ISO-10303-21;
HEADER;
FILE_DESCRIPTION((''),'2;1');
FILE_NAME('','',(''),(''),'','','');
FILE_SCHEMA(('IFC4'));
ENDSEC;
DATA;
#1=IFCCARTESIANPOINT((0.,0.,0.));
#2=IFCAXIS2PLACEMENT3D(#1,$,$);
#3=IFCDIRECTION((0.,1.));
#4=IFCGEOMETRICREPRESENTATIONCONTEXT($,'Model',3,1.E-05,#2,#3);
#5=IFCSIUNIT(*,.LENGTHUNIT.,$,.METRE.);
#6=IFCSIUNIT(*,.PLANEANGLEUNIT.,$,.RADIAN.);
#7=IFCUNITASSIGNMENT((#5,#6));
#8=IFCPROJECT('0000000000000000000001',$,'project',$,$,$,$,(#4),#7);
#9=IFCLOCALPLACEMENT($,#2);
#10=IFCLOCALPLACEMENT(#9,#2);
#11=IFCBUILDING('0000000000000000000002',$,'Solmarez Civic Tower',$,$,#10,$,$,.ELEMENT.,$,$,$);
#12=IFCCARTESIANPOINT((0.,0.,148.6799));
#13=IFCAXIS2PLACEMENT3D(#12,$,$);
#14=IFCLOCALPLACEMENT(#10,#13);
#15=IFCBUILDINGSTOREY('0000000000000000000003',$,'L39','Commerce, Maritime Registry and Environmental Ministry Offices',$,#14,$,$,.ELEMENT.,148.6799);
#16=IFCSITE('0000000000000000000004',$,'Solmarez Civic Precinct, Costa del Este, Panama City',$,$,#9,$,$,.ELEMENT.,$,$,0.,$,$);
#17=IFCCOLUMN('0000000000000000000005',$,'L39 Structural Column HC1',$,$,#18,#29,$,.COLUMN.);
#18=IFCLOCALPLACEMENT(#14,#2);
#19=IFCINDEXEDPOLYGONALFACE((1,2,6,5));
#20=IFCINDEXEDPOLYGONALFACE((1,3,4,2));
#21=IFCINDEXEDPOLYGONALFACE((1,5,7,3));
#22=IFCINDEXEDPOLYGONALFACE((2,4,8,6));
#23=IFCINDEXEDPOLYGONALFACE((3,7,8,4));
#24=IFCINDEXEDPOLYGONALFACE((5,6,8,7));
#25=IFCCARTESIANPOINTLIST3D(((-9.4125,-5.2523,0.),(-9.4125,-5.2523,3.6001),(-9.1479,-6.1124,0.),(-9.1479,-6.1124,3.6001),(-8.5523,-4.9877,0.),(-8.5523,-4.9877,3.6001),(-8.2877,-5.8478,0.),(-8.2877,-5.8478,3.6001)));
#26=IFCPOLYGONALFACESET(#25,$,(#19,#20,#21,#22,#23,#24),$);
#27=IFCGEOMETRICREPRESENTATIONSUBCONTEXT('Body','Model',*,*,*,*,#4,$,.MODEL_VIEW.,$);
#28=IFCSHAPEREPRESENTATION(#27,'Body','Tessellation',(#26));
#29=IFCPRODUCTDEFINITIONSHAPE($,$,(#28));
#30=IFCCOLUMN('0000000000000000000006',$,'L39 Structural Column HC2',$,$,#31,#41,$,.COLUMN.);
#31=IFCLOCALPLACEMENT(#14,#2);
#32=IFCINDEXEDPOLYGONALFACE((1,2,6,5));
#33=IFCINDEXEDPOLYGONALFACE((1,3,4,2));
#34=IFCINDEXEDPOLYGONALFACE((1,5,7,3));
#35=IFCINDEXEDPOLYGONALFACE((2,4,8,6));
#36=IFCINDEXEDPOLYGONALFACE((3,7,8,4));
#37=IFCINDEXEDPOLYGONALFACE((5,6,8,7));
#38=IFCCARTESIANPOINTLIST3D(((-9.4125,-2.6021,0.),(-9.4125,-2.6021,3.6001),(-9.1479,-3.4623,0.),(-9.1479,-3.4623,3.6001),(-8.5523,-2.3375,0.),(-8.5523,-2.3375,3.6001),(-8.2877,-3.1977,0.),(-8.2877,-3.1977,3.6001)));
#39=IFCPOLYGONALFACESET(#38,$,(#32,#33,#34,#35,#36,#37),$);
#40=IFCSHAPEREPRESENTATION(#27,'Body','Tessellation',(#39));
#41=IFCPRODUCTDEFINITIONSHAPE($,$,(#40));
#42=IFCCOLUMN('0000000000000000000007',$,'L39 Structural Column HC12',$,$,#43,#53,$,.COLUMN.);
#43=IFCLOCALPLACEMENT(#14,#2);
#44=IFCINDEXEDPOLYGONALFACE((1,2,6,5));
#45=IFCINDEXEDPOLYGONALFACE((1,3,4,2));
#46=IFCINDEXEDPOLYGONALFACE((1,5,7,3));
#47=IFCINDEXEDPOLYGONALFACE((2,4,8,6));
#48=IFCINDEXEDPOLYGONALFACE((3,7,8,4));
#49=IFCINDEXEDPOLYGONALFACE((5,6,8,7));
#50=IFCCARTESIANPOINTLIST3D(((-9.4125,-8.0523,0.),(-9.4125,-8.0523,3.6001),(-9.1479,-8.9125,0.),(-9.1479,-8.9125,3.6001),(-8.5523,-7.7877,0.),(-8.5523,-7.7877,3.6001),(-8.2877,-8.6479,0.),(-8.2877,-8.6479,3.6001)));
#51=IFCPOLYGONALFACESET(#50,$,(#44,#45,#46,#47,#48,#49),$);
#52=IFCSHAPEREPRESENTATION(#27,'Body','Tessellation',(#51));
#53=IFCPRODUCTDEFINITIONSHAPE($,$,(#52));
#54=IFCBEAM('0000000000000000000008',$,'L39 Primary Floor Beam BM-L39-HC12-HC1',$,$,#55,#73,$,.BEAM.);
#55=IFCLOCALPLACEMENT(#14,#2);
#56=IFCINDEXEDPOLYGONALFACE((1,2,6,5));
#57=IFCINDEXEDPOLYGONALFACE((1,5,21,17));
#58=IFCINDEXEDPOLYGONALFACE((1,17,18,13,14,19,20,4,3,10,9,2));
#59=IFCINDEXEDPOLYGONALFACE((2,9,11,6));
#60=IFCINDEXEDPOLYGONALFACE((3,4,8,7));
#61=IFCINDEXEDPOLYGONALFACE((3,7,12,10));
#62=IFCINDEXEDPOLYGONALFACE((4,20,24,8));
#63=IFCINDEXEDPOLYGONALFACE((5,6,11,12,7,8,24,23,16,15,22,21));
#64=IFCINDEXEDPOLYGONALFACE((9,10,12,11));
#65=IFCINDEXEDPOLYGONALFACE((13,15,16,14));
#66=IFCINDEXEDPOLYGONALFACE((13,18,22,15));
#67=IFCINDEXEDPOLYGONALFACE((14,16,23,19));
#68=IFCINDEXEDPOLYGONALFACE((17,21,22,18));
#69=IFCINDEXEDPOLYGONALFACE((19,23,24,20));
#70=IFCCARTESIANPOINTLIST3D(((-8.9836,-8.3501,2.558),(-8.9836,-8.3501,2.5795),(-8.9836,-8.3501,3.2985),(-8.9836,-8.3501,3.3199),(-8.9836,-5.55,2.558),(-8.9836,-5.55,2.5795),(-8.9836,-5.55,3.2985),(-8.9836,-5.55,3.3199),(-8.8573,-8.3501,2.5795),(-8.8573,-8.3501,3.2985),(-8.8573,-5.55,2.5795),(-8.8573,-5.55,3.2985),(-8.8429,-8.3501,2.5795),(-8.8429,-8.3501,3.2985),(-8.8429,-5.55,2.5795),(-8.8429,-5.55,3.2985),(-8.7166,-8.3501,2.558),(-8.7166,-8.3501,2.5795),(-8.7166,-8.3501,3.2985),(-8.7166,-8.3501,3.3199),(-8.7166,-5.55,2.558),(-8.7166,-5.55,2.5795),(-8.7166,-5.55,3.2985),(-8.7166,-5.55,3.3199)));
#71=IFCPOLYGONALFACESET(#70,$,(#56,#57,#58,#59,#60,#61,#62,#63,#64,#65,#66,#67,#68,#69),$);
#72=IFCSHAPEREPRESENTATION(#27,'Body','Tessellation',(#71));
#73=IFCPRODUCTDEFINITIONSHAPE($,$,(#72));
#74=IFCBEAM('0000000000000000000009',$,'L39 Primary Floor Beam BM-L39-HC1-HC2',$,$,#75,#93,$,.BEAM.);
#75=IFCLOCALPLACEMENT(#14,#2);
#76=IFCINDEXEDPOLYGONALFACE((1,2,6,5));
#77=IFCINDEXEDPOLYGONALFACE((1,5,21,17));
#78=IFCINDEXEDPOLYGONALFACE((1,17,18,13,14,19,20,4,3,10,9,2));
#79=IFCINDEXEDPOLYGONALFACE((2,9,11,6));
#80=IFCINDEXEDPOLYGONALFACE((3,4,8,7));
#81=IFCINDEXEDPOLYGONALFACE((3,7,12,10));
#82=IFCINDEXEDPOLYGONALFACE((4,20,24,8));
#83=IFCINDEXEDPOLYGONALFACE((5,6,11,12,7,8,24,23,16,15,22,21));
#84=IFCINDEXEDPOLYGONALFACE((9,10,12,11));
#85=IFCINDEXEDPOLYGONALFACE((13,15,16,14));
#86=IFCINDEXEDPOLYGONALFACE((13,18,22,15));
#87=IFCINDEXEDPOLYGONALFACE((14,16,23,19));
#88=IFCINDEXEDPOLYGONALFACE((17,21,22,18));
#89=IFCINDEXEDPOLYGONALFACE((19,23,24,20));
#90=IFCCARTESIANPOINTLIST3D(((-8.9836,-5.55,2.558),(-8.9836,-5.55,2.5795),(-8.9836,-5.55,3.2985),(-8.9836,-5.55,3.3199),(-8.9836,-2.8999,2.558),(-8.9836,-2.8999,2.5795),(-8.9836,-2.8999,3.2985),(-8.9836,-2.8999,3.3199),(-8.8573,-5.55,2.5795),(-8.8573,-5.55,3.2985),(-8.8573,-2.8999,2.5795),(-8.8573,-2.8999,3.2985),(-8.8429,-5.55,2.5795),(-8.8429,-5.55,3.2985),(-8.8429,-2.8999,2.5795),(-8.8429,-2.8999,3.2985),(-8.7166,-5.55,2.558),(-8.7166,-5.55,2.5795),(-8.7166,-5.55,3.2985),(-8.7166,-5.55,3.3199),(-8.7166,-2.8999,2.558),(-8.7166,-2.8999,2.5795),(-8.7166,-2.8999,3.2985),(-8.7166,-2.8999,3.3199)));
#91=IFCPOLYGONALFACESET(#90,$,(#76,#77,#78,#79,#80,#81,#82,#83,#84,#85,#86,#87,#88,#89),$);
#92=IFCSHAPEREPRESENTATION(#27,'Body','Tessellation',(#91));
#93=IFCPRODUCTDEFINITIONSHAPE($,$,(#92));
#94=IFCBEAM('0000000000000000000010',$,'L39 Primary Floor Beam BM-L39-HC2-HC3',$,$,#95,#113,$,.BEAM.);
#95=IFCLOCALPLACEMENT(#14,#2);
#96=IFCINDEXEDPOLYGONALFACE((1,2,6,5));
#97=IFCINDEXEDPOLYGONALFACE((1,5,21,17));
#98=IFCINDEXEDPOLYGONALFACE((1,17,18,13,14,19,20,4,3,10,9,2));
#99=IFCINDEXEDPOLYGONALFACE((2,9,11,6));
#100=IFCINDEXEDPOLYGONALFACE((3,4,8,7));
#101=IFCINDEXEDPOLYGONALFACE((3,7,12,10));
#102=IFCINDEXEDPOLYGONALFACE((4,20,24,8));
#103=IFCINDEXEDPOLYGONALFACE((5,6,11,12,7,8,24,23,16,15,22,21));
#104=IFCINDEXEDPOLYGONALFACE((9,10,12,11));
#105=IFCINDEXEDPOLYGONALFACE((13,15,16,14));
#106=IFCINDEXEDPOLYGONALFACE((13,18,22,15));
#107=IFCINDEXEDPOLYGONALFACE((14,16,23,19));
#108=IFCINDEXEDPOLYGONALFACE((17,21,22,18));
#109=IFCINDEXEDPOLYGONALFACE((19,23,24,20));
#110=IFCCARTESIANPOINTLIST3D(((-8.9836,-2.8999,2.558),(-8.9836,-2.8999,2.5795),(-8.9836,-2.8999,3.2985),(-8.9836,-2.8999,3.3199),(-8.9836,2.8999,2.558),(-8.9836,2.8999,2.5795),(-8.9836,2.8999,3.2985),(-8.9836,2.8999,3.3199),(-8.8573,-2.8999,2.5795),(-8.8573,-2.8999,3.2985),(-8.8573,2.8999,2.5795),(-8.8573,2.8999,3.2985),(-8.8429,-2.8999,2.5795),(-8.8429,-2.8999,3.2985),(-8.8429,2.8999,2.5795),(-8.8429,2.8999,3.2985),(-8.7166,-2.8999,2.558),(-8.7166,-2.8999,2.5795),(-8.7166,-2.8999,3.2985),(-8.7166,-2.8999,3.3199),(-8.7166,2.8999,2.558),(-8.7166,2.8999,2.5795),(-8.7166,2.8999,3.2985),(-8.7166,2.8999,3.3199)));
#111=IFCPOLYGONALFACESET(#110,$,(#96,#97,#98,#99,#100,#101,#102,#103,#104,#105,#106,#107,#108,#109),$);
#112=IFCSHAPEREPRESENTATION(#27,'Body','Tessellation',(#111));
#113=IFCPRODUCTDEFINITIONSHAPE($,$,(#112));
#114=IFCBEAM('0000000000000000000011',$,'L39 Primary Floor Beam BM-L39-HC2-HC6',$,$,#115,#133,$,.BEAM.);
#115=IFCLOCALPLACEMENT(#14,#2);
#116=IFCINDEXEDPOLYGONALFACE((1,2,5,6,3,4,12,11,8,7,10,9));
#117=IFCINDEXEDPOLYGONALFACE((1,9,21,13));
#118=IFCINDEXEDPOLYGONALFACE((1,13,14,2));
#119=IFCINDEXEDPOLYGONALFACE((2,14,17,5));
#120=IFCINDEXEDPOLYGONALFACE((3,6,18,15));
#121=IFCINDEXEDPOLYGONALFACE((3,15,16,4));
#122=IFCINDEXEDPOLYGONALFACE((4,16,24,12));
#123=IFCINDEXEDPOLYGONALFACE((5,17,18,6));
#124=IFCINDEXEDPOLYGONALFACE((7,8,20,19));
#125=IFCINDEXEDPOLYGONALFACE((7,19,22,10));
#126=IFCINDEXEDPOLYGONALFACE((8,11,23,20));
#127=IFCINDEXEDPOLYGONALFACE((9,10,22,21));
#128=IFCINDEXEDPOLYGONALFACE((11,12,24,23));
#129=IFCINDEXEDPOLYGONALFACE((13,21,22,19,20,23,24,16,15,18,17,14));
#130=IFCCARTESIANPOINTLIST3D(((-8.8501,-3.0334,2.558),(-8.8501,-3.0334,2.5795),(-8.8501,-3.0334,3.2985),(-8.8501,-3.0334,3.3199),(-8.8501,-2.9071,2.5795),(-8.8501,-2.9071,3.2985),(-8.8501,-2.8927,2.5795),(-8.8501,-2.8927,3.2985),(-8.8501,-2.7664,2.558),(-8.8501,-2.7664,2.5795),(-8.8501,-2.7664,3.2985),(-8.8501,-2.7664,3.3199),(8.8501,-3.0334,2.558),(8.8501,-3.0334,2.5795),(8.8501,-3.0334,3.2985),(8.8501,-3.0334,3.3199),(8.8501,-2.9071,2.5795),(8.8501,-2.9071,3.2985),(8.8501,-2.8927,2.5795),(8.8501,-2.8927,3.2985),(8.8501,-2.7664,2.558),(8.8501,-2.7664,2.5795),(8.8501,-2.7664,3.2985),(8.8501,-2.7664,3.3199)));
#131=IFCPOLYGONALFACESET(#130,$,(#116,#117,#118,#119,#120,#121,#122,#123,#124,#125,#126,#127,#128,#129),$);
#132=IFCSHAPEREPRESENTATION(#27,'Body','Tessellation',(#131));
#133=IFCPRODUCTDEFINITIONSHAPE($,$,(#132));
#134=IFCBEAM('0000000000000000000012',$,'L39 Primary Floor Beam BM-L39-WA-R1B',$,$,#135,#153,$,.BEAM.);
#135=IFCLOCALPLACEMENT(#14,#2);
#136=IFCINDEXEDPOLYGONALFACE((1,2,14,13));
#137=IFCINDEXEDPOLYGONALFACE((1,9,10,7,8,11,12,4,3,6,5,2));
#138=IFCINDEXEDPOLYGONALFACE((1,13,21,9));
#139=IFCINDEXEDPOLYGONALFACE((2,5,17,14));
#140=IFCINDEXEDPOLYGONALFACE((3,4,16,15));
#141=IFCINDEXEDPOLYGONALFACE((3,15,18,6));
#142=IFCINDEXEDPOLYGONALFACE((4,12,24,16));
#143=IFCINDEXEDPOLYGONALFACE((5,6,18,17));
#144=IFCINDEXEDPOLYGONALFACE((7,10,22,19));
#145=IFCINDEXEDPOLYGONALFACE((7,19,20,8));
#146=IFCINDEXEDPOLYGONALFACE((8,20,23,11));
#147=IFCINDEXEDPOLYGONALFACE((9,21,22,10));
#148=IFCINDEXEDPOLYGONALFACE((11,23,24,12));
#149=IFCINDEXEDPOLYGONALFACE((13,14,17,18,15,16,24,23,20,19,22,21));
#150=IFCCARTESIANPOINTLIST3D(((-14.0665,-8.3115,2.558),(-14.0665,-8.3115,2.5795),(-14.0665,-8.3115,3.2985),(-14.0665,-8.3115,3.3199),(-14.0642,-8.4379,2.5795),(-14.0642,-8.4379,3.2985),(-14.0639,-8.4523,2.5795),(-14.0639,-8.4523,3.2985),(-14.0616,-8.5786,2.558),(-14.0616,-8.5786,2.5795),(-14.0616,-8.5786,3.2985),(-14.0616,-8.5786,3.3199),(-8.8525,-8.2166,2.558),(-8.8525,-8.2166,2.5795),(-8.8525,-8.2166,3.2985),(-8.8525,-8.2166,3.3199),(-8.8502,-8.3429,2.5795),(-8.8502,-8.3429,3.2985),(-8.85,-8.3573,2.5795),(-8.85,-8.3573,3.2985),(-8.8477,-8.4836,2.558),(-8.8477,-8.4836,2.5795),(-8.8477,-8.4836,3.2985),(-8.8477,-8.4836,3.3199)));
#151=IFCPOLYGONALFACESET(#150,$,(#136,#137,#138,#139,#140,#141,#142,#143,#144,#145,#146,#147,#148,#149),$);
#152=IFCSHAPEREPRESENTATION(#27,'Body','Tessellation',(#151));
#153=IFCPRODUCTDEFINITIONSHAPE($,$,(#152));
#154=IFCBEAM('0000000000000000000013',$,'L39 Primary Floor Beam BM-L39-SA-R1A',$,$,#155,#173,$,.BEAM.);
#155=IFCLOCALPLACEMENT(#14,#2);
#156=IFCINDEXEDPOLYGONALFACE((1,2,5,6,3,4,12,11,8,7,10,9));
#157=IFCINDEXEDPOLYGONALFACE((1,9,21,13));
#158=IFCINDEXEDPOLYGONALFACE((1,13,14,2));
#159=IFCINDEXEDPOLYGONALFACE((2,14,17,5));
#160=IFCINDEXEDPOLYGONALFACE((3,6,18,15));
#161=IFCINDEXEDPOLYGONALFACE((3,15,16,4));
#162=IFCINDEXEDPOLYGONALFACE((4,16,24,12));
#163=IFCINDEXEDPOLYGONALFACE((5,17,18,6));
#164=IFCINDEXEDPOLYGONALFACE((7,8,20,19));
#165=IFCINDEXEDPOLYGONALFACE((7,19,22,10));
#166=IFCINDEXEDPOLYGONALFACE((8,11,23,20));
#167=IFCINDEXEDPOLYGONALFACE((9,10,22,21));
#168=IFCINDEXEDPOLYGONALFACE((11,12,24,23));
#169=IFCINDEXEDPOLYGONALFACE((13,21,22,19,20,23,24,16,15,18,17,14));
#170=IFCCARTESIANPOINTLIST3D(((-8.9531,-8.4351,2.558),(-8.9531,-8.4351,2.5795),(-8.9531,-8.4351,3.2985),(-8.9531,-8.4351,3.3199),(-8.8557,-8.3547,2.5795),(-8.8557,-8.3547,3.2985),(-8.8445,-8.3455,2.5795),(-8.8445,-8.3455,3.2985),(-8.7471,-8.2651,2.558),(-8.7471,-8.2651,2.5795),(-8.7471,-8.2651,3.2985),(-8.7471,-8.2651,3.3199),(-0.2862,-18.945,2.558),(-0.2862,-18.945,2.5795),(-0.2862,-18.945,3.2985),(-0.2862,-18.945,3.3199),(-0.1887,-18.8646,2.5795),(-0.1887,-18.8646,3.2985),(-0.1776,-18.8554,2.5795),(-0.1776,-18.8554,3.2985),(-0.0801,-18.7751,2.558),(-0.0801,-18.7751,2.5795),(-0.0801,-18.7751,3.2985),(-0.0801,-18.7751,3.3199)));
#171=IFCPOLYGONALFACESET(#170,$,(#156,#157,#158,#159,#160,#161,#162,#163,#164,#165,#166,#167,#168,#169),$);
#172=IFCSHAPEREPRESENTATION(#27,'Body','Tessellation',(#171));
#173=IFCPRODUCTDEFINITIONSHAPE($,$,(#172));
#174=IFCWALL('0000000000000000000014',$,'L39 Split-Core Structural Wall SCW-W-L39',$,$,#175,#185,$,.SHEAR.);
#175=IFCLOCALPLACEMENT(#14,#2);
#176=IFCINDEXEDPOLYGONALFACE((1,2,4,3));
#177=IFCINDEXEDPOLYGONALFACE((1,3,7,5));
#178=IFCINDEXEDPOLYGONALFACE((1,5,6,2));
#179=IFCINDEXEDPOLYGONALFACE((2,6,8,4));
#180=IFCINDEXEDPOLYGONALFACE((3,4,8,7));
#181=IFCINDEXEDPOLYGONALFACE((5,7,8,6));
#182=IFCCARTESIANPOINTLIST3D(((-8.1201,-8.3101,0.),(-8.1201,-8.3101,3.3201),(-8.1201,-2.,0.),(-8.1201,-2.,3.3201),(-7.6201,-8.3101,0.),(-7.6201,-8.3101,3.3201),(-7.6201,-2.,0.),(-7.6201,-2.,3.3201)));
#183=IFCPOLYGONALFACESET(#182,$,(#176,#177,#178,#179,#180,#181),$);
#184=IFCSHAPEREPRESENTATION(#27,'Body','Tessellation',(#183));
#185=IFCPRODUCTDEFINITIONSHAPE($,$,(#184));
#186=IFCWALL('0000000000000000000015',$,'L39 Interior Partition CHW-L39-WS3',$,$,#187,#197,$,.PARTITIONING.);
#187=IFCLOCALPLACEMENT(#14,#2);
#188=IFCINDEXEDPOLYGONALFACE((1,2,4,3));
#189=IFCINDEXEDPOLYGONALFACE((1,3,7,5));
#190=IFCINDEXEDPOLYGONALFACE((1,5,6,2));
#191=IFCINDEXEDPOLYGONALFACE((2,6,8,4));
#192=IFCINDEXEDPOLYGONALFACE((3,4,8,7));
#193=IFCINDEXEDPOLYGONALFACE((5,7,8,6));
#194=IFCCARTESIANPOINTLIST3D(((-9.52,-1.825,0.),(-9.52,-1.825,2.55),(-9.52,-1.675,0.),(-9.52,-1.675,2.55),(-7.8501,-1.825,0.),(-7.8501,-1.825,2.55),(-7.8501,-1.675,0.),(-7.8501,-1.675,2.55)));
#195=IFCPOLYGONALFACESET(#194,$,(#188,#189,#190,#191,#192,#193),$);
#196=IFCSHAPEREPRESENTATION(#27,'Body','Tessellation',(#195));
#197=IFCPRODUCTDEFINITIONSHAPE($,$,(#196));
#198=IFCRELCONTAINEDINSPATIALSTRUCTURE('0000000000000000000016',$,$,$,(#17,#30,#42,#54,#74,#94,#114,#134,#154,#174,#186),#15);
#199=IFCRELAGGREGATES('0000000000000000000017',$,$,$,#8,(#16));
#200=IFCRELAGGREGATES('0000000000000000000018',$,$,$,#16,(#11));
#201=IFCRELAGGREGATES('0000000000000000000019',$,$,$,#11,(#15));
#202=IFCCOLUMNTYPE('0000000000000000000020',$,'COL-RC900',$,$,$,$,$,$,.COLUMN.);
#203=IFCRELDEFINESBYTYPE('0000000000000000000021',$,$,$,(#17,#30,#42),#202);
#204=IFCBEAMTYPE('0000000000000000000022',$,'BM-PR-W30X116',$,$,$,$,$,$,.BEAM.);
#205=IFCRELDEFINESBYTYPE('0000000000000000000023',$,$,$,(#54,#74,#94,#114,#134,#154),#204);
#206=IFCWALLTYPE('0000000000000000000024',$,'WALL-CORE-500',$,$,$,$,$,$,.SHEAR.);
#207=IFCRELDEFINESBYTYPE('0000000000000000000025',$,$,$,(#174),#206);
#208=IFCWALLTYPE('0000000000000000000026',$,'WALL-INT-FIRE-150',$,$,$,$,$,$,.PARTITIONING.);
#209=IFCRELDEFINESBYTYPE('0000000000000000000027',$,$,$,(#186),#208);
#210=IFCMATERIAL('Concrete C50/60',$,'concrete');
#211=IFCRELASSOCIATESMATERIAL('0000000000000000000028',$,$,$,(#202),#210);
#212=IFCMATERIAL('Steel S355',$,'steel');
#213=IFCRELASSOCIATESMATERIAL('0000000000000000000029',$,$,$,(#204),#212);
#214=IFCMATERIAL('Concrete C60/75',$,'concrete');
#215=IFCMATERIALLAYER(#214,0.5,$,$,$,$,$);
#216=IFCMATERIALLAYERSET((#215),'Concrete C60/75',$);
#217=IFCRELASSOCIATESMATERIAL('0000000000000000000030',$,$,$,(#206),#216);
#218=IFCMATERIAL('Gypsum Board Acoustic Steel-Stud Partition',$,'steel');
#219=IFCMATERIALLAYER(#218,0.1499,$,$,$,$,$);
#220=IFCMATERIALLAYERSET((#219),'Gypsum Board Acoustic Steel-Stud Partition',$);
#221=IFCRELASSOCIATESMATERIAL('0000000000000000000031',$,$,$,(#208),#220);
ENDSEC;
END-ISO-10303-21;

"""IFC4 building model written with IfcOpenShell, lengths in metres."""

from ifc_helpers import new_model, si_unit, direction, frame, frame_2d, origin, origin_2d, place, context, subcontext, project, spatial, rectangle, i_section, extrude, material, layer, layer_set, material_profile, profile_set, type_object, element, save


model = new_model("IFC4")

# Units and contexts
model_context = context("Model", 3, precision=1e-05, world=origin(), true_north=direction((0.0, 1.0)))
body_context = subcontext(model_context, "Body", "Model", "MODEL_VIEW")
ifc_project = project(units=[si_unit("LENGTHUNIT", "METRE"), si_unit("PLANEANGLEUNIT", "RADIAN")], contexts=[model_context])

# Site, building, storey
site_placement = place(None, origin())
site = spatial("IfcSite", under=ifc_project, at=site_placement, Name="Solmarez Civic Precinct, Costa del Este, Panama City", CompositionType="ELEMENT", RefElevation=0.0)
building_placement = place(site_placement, origin())
building = spatial("IfcBuilding", under=site, at=building_placement, Name="Solmarez Civic Tower", CompositionType="ELEMENT")
storey_placement = place(building_placement, frame((0.0, 0.0, 148.6799)))
storey = spatial("IfcBuildingStorey", under=building, at=storey_placement, Name="L39", Description="Commerce, Maritime Registry and Environmental Ministry Offices", CompositionType="ELEMENT", Elevation=148.6799)

# Columns
ifc_material_1 = material(Name="Concrete C50/60", Category="concrete")
ifc_material_profile_1 = material_profile(ifc_material_1, rectangle(XDim=0.8999, YDim=0.8999, at=origin_2d()), Name="RC900X900")
ifc_profile_set_1 = profile_set([ifc_material_profile_1], Name="Concrete C50/60")
column_type = type_object("IfcColumnType", Name="COL-RC900", PredefinedType="COLUMN", material=ifc_profile_set_1)
for number, where, z_axis, x_axis, name in (
    (1, (-8.8501, -5.55, 0.0), (0.0, 0.0, 1.0), (0.955793, 0.29404, 0.0), "L39 Structural Column HC1"),
    (2, (-8.8501, -2.8999, 0.0), (0.0, 0.0, 1.0), (0.955793, 0.29404, 0.0), "L39 Structural Column HC2"),
    (3, (-8.8501, -8.3501, 0.0), (0.0, 0.0, 1.0), (0.955793, 0.29404, 0.0), "L39 Structural Column HC12"),
):
    element("IfcColumn", number, at=place(storey_placement, frame(where, z_axis=z_axis, x_axis=x_axis)), inside=storey, type_object=column_type, Name=name, PredefinedType="COLUMN", context=body_context, shape_type="SweptSolid", body=[
        extrude(rectangle(XDim=0.8999, YDim=0.8999, at=origin_2d()), origin(), (0.0, 0.0, 1.0), 3.6001),
    ])

# Beams
ifc_material_2 = material(Name="Steel S355", Category="steel")
ifc_material_profile_2 = material_profile(ifc_material_2, i_section(OverallWidth=0.2671, OverallDepth=0.762, WebThickness=0.0144, FlangeThickness=0.0215, at=origin_2d()), Name="W30X116")
ifc_profile_set_2 = profile_set([ifc_material_profile_2], Name="Steel S355")
beam_type = type_object("IfcBeamType", Name="BM-PR-W30X116", PredefinedType="BEAM", material=ifc_profile_set_2)
beam_1_placement = place(storey_placement, frame((-8.8501, -8.3501, 2.939), z_axis=(0.0, 1.0, 0.0), x_axis=(-1.0, 0.0, 0.0)))
element("IfcBeam", 4, at=beam_1_placement, inside=storey, type_object=beam_type, Name="L39 Primary Floor Beam BM-L39-HC12-HC1", PredefinedType="BEAM", context=body_context, shape_type="SweptSolid", body=[
    extrude(i_section(OverallWidth=0.2671, OverallDepth=0.762, WebThickness=0.0144, FlangeThickness=0.0215, at=origin_2d()), origin(), (0.0, 0.0, 1.0), 2.8),
])
beam_2_placement = place(storey_placement, frame((-8.8501, -5.55, 2.939), z_axis=(0.0, 1.0, 0.0), x_axis=(-1.0, 0.0, 0.0)))
element("IfcBeam", 5, at=beam_2_placement, inside=storey, type_object=beam_type, Name="L39 Primary Floor Beam BM-L39-HC1-HC2", PredefinedType="BEAM", context=body_context, shape_type="SweptSolid", body=[
    extrude(i_section(OverallWidth=0.2671, OverallDepth=0.762, WebThickness=0.0144, FlangeThickness=0.0215, at=origin_2d()), origin(), (0.0, 0.0, 1.0), 2.6501),
])
beam_3_placement = place(storey_placement, frame((-8.8501, -2.8999, 2.939), z_axis=(0.0, 1.0, 0.0), x_axis=(-1.0, 0.0, 0.0)))
element("IfcBeam", 6, at=beam_3_placement, inside=storey, type_object=beam_type, Name="L39 Primary Floor Beam BM-L39-HC2-HC3", PredefinedType="BEAM", context=body_context, shape_type="SweptSolid", body=[
    extrude(i_section(OverallWidth=0.2671, OverallDepth=0.762, WebThickness=0.0144, FlangeThickness=0.0215, at=origin_2d()), origin(), (0.0, 0.0, 1.0), 5.7998),
])
beam_4_placement = place(storey_placement, frame((-8.8501, -2.8999, 2.939), z_axis=(1.0, 0.0, 0.0), x_axis=(0.0, 1.0, 0.0)))
element("IfcBeam", 7, at=beam_4_placement, inside=storey, type_object=beam_type, Name="L39 Primary Floor Beam BM-L39-HC2-HC6", PredefinedType="BEAM", context=body_context, shape_type="SweptSolid", body=[
    extrude(i_section(OverallWidth=0.2671, OverallDepth=0.762, WebThickness=0.0144, FlangeThickness=0.0215, at=origin_2d()), origin(), (0.0, 0.0, 1.0), 17.7002),
])
beam_5_placement = place(storey_placement, frame((-8.8501, -8.3501, 2.939), z_axis=(-0.999834, -0.018212, 0.0), x_axis=(0.018212, -0.999834, 0.0)))
element("IfcBeam", 8, at=beam_5_placement, inside=storey, type_object=beam_type, Name="L39 Primary Floor Beam BM-L39-WA-R1B", PredefinedType="BEAM", context=body_context, shape_type="SweptSolid", body=[
    extrude(i_section(OverallWidth=0.2671, OverallDepth=0.762, WebThickness=0.0144, FlangeThickness=0.0215, at=origin_2d()), origin(), (0.0, 0.0, 1.0), 5.2148),
])
beam_6_placement = place(storey_placement, frame((-8.8501, -8.3501, 2.939), z_axis=(0.636218, -0.771509, 0.0), x_axis=(0.771509, 0.636218, 0.0)))
element("IfcBeam", 9, at=beam_6_placement, inside=storey, type_object=beam_type, Name="L39 Primary Floor Beam BM-L39-SA-R1A", PredefinedType="BEAM", context=body_context, shape_type="SweptSolid", body=[
    extrude(i_section(OverallWidth=0.2671, OverallDepth=0.762, WebThickness=0.0144, FlangeThickness=0.0215, at=origin_2d()), origin(), (0.0, 0.0, 1.0), 13.6226),
])

# Shared definitions
ifc_material_3 = material(Name="Concrete C60/75", Category="concrete")
ifc_layer_1 = layer(ifc_material_3, 0.5)
ifc_layer_set_1 = layer_set([ifc_layer_1], Name="Concrete C60/75")
wall_type_1 = type_object("IfcWallType", Name="WALL-CORE-500", PredefinedType="SHEAR", material=ifc_layer_set_1)

# Walls
wall_1_placement = place(storey_placement, frame((-7.8701, -8.3101, 0.0), z_axis=(0.0, 0.0, 1.0), x_axis=(0.0, 1.0, 0.0)))
element("IfcWall", 10, at=wall_1_placement, inside=storey, type_object=wall_type_1, Name="L39 Split-Core Structural Wall SCW-W-L39", PredefinedType="SHEAR", context=body_context, shape_type="SweptSolid", body=[
    extrude(rectangle(XDim=6.3101, YDim=0.5, at=frame_2d((3.155, 0.0))), origin(), (0.0, 0.0, 1.0), 3.3201),
])
ifc_material_4 = material(Name="Gypsum Board Acoustic Steel-Stud Partition", Category="steel")
ifc_layer_2 = layer(ifc_material_4, 0.1499)
ifc_layer_set_2 = layer_set([ifc_layer_2], Name="Gypsum Board Acoustic Steel-Stud Partition")
wall_type_2 = type_object("IfcWallType", Name="WALL-INT-FIRE-150", PredefinedType="PARTITIONING", material=ifc_layer_set_2)
wall_2_placement = place(storey_placement, frame((-7.8501, -1.75, 0.0), z_axis=(0.0, 0.0, 1.0), x_axis=(-1.0, 0.0, 0.0)))
element("IfcWall", 11, at=wall_2_placement, inside=storey, type_object=wall_type_2, Name="L39 Interior Partition CHW-L39-WS3", PredefinedType="PARTITIONING", context=body_context, shape_type="SweptSolid", body=[
    extrude(rectangle(XDim=1.6699, YDim=0.1499, at=frame_2d((0.835, 0.0))), origin(), (0.0, 0.0, 1.0), 2.55),
])

save(model, "model.ifc")
